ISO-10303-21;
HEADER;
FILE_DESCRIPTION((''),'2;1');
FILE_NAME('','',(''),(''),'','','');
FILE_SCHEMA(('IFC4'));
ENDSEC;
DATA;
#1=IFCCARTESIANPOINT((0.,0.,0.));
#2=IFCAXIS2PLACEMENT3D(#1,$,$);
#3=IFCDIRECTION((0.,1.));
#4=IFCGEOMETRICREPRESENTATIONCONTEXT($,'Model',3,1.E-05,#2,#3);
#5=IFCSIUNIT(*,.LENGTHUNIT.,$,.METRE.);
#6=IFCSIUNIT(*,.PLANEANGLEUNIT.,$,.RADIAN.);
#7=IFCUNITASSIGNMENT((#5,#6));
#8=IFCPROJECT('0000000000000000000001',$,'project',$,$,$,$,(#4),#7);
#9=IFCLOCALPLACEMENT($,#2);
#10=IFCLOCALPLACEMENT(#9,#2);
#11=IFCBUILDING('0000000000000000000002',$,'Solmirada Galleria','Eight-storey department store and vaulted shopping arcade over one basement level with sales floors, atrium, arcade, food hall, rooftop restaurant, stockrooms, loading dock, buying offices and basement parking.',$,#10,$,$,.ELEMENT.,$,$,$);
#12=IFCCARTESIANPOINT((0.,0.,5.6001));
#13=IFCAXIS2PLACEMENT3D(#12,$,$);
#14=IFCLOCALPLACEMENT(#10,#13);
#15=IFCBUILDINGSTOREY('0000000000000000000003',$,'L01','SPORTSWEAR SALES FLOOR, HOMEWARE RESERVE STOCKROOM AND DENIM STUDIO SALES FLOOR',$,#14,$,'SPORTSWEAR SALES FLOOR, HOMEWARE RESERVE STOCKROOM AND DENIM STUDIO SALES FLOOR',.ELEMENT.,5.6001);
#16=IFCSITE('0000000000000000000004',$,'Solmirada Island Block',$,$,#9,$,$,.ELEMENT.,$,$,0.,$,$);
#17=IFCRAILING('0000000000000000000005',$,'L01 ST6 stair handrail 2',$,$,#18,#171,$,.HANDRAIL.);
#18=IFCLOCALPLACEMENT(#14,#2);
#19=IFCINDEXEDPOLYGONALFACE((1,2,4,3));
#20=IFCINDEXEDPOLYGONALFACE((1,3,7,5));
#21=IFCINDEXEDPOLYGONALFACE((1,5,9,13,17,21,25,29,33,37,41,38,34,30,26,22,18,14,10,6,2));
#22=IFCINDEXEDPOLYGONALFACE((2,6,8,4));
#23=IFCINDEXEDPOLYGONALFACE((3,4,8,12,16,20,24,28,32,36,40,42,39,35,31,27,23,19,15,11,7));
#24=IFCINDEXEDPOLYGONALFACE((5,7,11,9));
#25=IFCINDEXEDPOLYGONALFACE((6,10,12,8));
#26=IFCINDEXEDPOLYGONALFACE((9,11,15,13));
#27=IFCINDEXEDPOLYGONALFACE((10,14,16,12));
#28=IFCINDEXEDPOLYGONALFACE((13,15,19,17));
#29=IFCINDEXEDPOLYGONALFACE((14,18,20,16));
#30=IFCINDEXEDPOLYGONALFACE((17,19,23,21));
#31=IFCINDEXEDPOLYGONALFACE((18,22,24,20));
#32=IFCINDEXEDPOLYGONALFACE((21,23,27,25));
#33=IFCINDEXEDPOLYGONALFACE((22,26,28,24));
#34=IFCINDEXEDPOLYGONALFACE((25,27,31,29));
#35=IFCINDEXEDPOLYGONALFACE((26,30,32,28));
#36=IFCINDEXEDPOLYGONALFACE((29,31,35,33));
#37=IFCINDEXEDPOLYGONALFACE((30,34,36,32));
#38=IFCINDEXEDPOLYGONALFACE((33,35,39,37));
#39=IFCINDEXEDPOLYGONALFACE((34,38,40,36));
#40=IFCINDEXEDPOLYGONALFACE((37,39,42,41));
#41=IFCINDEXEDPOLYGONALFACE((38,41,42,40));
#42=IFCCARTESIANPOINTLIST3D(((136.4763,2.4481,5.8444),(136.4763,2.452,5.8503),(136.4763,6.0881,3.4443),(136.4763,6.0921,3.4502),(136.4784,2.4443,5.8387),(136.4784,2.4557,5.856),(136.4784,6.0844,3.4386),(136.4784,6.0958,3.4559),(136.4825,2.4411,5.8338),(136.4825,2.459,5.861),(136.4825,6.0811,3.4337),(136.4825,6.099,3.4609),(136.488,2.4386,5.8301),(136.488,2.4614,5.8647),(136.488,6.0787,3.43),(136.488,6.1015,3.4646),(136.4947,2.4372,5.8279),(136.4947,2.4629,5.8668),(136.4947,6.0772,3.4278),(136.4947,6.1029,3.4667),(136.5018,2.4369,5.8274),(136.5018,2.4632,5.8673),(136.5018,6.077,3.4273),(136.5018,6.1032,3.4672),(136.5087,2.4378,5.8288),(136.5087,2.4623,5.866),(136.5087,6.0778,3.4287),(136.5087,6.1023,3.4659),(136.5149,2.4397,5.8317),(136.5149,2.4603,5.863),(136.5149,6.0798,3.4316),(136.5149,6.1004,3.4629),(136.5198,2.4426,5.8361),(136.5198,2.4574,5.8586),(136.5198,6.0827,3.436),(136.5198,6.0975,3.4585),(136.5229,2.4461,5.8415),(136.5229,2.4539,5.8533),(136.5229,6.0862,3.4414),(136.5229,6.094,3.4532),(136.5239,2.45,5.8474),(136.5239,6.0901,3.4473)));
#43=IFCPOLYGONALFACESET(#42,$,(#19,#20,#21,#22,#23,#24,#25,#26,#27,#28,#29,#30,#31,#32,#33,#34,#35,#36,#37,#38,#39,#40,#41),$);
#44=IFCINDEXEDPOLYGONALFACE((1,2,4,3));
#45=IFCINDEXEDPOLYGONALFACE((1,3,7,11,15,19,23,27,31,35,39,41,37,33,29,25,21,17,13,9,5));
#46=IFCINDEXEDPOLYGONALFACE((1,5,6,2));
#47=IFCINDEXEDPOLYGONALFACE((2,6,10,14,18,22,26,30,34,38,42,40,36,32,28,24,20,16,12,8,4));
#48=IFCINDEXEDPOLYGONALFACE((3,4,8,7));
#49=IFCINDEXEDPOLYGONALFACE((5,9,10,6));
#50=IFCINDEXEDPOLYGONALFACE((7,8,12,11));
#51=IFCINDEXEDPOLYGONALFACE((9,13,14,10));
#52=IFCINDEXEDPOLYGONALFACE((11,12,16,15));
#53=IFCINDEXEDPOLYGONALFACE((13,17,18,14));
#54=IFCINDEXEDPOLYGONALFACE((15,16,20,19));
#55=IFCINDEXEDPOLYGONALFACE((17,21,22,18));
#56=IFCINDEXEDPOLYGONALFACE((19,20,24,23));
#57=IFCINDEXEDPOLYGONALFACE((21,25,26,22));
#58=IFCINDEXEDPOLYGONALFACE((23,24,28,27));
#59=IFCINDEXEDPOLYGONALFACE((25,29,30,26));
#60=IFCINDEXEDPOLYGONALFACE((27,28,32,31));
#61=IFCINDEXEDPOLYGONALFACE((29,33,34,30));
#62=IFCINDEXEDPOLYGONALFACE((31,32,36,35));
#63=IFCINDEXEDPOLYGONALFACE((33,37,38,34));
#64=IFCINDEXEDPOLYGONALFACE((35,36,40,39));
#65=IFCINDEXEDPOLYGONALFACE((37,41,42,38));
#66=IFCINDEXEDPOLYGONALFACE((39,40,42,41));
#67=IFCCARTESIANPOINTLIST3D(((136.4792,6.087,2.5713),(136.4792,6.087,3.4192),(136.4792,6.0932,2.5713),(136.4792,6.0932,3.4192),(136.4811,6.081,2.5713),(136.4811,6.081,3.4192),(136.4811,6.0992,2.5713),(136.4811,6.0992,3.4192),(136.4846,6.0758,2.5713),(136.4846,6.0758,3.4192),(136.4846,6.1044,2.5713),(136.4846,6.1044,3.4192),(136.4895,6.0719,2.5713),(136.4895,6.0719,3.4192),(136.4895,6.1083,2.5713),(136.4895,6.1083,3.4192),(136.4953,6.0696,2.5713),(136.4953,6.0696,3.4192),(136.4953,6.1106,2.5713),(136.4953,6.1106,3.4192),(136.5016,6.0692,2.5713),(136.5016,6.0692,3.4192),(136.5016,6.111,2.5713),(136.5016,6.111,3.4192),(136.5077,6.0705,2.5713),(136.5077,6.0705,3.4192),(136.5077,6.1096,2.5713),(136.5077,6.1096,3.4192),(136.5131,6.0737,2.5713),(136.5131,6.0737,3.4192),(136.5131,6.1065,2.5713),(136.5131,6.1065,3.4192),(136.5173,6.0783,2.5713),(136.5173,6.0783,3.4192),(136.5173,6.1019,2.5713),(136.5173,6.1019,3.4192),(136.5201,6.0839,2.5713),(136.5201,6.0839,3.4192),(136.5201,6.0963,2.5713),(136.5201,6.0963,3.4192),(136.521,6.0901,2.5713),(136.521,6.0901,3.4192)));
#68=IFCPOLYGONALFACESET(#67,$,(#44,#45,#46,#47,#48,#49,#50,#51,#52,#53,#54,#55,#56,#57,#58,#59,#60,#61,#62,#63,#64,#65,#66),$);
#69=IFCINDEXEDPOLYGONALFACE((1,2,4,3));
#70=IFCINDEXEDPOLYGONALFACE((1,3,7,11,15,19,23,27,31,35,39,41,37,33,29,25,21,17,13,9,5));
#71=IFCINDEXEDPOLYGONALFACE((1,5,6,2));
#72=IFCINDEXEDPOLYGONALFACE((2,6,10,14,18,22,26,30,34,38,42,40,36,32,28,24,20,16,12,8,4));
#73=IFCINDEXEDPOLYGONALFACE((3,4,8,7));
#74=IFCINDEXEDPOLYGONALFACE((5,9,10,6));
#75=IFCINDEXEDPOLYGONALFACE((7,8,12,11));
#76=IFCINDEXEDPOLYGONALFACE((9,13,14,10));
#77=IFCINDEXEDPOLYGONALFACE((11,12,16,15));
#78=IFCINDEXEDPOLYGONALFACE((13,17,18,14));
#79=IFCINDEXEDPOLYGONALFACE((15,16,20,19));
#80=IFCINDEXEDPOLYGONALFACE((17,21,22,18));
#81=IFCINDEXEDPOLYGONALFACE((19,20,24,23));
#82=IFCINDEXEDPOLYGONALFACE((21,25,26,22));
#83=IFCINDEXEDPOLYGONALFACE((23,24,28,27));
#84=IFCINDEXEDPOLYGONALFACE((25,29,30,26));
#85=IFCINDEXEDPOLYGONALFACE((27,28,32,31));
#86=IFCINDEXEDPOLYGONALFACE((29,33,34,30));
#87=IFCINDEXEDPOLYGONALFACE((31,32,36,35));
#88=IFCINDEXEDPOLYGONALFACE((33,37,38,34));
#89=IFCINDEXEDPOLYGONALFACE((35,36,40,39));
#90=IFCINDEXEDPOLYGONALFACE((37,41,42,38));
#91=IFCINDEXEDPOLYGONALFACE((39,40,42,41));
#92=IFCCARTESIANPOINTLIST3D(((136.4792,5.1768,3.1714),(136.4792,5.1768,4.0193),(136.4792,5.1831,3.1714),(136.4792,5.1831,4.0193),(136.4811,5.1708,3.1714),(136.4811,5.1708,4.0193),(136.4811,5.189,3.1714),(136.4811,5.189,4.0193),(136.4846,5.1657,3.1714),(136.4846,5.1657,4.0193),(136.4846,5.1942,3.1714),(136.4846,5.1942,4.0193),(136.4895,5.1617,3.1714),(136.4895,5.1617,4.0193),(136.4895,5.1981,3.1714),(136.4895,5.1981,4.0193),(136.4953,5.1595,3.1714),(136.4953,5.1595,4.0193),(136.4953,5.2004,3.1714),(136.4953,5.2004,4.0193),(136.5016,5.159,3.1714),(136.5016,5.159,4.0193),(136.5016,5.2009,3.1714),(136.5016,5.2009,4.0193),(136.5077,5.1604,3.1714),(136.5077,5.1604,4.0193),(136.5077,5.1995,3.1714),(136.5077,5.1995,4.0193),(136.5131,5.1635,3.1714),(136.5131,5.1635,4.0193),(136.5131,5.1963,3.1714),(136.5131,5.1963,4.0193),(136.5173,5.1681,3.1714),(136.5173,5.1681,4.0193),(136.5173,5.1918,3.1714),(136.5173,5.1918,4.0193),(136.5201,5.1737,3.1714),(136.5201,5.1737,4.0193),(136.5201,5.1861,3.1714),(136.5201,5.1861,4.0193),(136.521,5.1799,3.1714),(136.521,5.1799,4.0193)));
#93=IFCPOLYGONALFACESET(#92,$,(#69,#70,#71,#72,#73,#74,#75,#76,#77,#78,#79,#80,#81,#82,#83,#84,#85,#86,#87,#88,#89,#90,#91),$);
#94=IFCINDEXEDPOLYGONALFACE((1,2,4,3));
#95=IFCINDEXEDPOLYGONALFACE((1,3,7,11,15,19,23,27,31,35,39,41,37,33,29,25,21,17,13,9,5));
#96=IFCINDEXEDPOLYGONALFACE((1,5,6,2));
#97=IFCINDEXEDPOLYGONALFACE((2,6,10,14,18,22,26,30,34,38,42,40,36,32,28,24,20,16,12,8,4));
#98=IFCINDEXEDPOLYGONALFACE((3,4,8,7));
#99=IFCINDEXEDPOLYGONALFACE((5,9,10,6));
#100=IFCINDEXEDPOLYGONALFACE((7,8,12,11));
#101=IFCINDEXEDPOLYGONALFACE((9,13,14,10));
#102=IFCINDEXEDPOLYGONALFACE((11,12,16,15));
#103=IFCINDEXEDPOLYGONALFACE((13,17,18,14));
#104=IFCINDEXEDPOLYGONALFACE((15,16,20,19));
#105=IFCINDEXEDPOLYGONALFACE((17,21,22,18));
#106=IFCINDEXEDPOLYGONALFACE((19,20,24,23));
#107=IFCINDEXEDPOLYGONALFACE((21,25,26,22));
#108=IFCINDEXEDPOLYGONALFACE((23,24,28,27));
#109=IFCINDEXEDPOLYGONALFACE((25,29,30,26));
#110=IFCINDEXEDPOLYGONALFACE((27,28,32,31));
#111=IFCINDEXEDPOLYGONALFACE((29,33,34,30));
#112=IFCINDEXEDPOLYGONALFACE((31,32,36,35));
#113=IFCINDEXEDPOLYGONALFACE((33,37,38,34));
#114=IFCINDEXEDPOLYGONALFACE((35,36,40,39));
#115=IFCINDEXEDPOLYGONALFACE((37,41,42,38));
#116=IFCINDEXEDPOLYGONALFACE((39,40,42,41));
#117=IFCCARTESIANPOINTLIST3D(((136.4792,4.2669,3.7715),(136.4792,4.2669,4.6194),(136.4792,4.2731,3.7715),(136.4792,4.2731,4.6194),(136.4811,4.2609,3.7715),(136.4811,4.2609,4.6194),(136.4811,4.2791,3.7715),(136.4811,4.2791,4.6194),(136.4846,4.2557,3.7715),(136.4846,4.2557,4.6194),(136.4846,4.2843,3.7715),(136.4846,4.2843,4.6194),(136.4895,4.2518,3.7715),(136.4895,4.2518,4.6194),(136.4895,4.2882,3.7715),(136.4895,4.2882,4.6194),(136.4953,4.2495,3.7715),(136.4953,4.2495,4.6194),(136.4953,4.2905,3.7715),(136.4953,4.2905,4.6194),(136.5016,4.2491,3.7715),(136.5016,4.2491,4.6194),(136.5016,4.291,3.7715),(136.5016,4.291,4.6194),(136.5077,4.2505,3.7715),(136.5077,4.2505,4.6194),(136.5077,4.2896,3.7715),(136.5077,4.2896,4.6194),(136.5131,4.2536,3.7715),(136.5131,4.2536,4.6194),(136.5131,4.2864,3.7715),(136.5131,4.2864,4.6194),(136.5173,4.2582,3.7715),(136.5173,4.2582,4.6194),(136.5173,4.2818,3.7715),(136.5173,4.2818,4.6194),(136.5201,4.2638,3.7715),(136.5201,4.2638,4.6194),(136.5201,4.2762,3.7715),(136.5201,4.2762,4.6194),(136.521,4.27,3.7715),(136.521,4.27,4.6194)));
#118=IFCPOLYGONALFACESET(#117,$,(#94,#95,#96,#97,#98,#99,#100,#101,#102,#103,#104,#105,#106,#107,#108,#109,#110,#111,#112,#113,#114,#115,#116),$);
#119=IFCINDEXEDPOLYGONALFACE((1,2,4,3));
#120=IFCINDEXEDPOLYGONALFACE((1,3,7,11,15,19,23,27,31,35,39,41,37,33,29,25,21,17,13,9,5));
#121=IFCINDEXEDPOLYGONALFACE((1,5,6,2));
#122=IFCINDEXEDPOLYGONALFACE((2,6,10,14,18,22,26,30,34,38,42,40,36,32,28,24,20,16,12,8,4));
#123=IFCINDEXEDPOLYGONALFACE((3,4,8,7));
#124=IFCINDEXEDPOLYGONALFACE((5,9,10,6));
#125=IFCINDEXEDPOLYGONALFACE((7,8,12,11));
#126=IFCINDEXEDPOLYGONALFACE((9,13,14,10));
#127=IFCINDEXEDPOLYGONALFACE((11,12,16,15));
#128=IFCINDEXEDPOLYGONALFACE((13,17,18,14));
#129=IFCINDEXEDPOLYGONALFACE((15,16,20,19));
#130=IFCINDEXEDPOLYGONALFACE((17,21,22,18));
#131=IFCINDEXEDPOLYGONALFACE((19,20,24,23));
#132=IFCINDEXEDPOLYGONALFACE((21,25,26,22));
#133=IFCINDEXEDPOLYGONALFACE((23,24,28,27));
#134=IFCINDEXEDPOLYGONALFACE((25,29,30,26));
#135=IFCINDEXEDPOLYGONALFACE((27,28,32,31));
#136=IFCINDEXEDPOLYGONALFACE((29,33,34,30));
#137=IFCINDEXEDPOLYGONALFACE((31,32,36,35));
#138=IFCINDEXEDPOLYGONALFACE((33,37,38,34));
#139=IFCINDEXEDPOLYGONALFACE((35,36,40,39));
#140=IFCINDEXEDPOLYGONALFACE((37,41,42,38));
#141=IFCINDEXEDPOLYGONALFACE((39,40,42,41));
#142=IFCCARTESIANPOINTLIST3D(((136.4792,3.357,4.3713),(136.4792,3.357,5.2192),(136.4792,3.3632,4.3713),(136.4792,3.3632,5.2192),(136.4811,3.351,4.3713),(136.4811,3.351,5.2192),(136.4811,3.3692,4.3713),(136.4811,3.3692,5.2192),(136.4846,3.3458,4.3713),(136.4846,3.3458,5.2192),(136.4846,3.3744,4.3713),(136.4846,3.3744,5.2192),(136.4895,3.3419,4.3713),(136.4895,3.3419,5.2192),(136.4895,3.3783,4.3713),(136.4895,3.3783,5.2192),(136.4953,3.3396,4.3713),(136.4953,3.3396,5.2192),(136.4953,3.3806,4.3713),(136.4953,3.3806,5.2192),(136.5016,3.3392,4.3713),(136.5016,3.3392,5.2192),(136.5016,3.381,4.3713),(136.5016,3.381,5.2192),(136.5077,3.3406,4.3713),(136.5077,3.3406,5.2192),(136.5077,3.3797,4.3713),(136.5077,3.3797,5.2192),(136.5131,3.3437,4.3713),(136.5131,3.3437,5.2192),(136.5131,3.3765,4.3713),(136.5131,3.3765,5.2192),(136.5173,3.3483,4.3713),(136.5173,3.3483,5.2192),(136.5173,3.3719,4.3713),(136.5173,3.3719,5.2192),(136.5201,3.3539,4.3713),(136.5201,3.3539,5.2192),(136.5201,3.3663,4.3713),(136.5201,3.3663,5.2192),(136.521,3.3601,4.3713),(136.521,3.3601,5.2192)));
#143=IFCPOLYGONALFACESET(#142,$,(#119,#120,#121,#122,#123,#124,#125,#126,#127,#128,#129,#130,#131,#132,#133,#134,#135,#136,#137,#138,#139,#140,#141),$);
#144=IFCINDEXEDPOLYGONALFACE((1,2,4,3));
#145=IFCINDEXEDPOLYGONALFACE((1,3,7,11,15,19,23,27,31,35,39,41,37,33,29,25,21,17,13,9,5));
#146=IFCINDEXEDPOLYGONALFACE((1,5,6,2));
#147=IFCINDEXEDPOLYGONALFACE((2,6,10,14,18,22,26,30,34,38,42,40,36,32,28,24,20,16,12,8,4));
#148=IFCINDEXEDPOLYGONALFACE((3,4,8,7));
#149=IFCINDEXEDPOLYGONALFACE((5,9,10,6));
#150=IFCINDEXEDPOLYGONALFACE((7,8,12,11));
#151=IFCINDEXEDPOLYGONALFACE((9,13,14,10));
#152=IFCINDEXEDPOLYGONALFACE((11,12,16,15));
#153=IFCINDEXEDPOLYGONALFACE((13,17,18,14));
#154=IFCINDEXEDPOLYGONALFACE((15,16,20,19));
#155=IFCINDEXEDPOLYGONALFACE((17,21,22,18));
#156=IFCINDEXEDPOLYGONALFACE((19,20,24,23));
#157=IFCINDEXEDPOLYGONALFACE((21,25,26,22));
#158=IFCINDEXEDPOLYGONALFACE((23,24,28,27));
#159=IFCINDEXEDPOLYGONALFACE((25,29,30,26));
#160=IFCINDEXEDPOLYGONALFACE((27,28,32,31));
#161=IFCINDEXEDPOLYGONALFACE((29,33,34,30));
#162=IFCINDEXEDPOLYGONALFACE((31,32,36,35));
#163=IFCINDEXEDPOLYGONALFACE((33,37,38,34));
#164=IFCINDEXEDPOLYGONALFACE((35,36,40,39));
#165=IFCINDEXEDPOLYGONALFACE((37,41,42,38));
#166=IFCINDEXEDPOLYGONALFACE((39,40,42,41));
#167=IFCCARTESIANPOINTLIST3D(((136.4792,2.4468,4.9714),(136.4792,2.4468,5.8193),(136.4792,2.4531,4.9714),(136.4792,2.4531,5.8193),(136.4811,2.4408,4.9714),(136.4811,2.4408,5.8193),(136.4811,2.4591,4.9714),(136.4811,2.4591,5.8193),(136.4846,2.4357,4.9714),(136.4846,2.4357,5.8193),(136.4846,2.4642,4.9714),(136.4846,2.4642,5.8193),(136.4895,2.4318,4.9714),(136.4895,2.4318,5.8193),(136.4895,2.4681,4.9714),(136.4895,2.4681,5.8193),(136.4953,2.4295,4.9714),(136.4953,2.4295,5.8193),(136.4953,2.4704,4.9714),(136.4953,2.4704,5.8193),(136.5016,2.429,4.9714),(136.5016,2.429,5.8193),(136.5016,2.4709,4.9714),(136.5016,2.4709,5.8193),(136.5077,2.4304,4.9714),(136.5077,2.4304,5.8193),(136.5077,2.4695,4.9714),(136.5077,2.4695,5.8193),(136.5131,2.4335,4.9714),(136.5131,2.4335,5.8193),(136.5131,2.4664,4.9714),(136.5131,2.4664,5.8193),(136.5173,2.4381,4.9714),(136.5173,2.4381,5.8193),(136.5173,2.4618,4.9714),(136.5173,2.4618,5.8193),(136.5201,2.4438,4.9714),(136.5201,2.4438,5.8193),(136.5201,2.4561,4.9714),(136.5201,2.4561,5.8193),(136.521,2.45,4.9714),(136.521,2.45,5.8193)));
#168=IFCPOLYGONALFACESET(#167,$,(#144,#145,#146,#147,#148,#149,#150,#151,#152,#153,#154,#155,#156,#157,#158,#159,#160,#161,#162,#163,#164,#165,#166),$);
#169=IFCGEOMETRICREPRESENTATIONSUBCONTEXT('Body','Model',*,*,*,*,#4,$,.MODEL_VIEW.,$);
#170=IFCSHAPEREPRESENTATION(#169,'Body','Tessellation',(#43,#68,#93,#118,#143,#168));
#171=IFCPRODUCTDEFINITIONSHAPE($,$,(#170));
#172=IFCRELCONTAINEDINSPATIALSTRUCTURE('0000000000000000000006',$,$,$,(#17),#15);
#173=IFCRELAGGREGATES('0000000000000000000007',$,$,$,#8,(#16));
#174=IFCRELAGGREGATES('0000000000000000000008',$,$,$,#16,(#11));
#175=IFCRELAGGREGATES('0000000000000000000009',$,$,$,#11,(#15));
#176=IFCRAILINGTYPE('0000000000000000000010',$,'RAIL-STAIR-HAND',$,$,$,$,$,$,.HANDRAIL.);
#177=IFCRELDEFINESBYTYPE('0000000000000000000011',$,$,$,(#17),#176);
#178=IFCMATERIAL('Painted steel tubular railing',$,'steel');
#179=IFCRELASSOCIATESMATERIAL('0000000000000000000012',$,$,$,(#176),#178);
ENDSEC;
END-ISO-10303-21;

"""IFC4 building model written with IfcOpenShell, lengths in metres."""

from ifc_helpers import new_model, si_unit, direction, frame, origin, origin_2d, place, context, subcontext, project, spatial, circle, extrude, material, type_object, element, save


model = new_model("IFC4")

# Units and contexts
model_context = context("Model", 3, precision=1e-05, world=origin(), true_north=direction((0.0, 1.0)))
body_context = subcontext(model_context, "Body", "Model", "MODEL_VIEW")
ifc_project = project(units=[si_unit("LENGTHUNIT", "METRE"), si_unit("PLANEANGLEUNIT", "RADIAN")], contexts=[model_context])

# Site, building, storey
site_placement = place(None, origin())
site = spatial("IfcSite", under=ifc_project, at=site_placement, Name="Solmirada Island Block", CompositionType="ELEMENT", RefElevation=0.0)
building_placement = place(site_placement, origin())
building = spatial("IfcBuilding", under=site, at=building_placement, Name="Solmirada Galleria", Description="Eight-storey department store and vaulted shopping arcade over one basement level with sales floors, atrium, arcade, food hall, rooftop restaurant, stockrooms, loading dock, buying offices and basement parking.", CompositionType="ELEMENT")
storey_placement = place(building_placement, frame((0.0, 0.0, 5.6001)))
storey = spatial("IfcBuildingStorey", under=building, at=storey_placement, Name="L01", Description="SPORTSWEAR SALES FLOOR, HOMEWARE RESERVE STOCKROOM AND DENIM STUDIO SALES FLOOR", LongName="SPORTSWEAR SALES FLOOR, HOMEWARE RESERVE STOCKROOM AND DENIM STUDIO SALES FLOOR", CompositionType="ELEMENT", Elevation=5.6001)

# Railing
ifc_material_1 = material(Name="Painted steel tubular railing", Category="steel")
railing_type_1 = type_object("IfcRailingType", Name="RAIL-STAIR-HAND", PredefinedType="HANDRAIL", material=ifc_material_1)
railing_1_placement = place(storey_placement, frame((136.5, 6.0901, 2.5713)))
element("IfcRailing", 1, at=railing_1_placement, inside=storey, type_object=railing_type_1, Name="L01 ST6 stair handrail 2", PredefinedType="HANDRAIL", context=body_context, shape_type="SweptSolid", body=[
    extrude(circle(Radius=0.0239, at=origin_2d()), frame((0.0, 0.0, 0.876), z_axis=(0.0, -0.834856, 0.550468), x_axis=(1.0, 0.0, 0.0)), (0.0, 0.0, 1.0), 4.3601),
    extrude(circle(Radius=0.021, at=origin_2d()), origin(), (0.0, 0.0, 1.0), 0.8479),
    extrude(circle(Radius=0.021, at=origin_2d()), frame((0.0, -0.9102, 0.6001)), (0.0, 0.0, 1.0), 0.8479),
    extrude(circle(Radius=0.021, at=origin_2d()), frame((0.0, -1.8201, 1.2002)), (0.0, 0.0, 1.0), 0.8479),
    extrude(circle(Radius=0.021, at=origin_2d()), frame((0.0, -2.73, 1.8)), (0.0, 0.0, 1.0), 0.8479),
    extrude(circle(Radius=0.021, at=origin_2d()), frame((0.0, -3.6401, 2.4001)), (0.0, 0.0, 1.0), 0.8479),
])

save(model, "model.ifc")
